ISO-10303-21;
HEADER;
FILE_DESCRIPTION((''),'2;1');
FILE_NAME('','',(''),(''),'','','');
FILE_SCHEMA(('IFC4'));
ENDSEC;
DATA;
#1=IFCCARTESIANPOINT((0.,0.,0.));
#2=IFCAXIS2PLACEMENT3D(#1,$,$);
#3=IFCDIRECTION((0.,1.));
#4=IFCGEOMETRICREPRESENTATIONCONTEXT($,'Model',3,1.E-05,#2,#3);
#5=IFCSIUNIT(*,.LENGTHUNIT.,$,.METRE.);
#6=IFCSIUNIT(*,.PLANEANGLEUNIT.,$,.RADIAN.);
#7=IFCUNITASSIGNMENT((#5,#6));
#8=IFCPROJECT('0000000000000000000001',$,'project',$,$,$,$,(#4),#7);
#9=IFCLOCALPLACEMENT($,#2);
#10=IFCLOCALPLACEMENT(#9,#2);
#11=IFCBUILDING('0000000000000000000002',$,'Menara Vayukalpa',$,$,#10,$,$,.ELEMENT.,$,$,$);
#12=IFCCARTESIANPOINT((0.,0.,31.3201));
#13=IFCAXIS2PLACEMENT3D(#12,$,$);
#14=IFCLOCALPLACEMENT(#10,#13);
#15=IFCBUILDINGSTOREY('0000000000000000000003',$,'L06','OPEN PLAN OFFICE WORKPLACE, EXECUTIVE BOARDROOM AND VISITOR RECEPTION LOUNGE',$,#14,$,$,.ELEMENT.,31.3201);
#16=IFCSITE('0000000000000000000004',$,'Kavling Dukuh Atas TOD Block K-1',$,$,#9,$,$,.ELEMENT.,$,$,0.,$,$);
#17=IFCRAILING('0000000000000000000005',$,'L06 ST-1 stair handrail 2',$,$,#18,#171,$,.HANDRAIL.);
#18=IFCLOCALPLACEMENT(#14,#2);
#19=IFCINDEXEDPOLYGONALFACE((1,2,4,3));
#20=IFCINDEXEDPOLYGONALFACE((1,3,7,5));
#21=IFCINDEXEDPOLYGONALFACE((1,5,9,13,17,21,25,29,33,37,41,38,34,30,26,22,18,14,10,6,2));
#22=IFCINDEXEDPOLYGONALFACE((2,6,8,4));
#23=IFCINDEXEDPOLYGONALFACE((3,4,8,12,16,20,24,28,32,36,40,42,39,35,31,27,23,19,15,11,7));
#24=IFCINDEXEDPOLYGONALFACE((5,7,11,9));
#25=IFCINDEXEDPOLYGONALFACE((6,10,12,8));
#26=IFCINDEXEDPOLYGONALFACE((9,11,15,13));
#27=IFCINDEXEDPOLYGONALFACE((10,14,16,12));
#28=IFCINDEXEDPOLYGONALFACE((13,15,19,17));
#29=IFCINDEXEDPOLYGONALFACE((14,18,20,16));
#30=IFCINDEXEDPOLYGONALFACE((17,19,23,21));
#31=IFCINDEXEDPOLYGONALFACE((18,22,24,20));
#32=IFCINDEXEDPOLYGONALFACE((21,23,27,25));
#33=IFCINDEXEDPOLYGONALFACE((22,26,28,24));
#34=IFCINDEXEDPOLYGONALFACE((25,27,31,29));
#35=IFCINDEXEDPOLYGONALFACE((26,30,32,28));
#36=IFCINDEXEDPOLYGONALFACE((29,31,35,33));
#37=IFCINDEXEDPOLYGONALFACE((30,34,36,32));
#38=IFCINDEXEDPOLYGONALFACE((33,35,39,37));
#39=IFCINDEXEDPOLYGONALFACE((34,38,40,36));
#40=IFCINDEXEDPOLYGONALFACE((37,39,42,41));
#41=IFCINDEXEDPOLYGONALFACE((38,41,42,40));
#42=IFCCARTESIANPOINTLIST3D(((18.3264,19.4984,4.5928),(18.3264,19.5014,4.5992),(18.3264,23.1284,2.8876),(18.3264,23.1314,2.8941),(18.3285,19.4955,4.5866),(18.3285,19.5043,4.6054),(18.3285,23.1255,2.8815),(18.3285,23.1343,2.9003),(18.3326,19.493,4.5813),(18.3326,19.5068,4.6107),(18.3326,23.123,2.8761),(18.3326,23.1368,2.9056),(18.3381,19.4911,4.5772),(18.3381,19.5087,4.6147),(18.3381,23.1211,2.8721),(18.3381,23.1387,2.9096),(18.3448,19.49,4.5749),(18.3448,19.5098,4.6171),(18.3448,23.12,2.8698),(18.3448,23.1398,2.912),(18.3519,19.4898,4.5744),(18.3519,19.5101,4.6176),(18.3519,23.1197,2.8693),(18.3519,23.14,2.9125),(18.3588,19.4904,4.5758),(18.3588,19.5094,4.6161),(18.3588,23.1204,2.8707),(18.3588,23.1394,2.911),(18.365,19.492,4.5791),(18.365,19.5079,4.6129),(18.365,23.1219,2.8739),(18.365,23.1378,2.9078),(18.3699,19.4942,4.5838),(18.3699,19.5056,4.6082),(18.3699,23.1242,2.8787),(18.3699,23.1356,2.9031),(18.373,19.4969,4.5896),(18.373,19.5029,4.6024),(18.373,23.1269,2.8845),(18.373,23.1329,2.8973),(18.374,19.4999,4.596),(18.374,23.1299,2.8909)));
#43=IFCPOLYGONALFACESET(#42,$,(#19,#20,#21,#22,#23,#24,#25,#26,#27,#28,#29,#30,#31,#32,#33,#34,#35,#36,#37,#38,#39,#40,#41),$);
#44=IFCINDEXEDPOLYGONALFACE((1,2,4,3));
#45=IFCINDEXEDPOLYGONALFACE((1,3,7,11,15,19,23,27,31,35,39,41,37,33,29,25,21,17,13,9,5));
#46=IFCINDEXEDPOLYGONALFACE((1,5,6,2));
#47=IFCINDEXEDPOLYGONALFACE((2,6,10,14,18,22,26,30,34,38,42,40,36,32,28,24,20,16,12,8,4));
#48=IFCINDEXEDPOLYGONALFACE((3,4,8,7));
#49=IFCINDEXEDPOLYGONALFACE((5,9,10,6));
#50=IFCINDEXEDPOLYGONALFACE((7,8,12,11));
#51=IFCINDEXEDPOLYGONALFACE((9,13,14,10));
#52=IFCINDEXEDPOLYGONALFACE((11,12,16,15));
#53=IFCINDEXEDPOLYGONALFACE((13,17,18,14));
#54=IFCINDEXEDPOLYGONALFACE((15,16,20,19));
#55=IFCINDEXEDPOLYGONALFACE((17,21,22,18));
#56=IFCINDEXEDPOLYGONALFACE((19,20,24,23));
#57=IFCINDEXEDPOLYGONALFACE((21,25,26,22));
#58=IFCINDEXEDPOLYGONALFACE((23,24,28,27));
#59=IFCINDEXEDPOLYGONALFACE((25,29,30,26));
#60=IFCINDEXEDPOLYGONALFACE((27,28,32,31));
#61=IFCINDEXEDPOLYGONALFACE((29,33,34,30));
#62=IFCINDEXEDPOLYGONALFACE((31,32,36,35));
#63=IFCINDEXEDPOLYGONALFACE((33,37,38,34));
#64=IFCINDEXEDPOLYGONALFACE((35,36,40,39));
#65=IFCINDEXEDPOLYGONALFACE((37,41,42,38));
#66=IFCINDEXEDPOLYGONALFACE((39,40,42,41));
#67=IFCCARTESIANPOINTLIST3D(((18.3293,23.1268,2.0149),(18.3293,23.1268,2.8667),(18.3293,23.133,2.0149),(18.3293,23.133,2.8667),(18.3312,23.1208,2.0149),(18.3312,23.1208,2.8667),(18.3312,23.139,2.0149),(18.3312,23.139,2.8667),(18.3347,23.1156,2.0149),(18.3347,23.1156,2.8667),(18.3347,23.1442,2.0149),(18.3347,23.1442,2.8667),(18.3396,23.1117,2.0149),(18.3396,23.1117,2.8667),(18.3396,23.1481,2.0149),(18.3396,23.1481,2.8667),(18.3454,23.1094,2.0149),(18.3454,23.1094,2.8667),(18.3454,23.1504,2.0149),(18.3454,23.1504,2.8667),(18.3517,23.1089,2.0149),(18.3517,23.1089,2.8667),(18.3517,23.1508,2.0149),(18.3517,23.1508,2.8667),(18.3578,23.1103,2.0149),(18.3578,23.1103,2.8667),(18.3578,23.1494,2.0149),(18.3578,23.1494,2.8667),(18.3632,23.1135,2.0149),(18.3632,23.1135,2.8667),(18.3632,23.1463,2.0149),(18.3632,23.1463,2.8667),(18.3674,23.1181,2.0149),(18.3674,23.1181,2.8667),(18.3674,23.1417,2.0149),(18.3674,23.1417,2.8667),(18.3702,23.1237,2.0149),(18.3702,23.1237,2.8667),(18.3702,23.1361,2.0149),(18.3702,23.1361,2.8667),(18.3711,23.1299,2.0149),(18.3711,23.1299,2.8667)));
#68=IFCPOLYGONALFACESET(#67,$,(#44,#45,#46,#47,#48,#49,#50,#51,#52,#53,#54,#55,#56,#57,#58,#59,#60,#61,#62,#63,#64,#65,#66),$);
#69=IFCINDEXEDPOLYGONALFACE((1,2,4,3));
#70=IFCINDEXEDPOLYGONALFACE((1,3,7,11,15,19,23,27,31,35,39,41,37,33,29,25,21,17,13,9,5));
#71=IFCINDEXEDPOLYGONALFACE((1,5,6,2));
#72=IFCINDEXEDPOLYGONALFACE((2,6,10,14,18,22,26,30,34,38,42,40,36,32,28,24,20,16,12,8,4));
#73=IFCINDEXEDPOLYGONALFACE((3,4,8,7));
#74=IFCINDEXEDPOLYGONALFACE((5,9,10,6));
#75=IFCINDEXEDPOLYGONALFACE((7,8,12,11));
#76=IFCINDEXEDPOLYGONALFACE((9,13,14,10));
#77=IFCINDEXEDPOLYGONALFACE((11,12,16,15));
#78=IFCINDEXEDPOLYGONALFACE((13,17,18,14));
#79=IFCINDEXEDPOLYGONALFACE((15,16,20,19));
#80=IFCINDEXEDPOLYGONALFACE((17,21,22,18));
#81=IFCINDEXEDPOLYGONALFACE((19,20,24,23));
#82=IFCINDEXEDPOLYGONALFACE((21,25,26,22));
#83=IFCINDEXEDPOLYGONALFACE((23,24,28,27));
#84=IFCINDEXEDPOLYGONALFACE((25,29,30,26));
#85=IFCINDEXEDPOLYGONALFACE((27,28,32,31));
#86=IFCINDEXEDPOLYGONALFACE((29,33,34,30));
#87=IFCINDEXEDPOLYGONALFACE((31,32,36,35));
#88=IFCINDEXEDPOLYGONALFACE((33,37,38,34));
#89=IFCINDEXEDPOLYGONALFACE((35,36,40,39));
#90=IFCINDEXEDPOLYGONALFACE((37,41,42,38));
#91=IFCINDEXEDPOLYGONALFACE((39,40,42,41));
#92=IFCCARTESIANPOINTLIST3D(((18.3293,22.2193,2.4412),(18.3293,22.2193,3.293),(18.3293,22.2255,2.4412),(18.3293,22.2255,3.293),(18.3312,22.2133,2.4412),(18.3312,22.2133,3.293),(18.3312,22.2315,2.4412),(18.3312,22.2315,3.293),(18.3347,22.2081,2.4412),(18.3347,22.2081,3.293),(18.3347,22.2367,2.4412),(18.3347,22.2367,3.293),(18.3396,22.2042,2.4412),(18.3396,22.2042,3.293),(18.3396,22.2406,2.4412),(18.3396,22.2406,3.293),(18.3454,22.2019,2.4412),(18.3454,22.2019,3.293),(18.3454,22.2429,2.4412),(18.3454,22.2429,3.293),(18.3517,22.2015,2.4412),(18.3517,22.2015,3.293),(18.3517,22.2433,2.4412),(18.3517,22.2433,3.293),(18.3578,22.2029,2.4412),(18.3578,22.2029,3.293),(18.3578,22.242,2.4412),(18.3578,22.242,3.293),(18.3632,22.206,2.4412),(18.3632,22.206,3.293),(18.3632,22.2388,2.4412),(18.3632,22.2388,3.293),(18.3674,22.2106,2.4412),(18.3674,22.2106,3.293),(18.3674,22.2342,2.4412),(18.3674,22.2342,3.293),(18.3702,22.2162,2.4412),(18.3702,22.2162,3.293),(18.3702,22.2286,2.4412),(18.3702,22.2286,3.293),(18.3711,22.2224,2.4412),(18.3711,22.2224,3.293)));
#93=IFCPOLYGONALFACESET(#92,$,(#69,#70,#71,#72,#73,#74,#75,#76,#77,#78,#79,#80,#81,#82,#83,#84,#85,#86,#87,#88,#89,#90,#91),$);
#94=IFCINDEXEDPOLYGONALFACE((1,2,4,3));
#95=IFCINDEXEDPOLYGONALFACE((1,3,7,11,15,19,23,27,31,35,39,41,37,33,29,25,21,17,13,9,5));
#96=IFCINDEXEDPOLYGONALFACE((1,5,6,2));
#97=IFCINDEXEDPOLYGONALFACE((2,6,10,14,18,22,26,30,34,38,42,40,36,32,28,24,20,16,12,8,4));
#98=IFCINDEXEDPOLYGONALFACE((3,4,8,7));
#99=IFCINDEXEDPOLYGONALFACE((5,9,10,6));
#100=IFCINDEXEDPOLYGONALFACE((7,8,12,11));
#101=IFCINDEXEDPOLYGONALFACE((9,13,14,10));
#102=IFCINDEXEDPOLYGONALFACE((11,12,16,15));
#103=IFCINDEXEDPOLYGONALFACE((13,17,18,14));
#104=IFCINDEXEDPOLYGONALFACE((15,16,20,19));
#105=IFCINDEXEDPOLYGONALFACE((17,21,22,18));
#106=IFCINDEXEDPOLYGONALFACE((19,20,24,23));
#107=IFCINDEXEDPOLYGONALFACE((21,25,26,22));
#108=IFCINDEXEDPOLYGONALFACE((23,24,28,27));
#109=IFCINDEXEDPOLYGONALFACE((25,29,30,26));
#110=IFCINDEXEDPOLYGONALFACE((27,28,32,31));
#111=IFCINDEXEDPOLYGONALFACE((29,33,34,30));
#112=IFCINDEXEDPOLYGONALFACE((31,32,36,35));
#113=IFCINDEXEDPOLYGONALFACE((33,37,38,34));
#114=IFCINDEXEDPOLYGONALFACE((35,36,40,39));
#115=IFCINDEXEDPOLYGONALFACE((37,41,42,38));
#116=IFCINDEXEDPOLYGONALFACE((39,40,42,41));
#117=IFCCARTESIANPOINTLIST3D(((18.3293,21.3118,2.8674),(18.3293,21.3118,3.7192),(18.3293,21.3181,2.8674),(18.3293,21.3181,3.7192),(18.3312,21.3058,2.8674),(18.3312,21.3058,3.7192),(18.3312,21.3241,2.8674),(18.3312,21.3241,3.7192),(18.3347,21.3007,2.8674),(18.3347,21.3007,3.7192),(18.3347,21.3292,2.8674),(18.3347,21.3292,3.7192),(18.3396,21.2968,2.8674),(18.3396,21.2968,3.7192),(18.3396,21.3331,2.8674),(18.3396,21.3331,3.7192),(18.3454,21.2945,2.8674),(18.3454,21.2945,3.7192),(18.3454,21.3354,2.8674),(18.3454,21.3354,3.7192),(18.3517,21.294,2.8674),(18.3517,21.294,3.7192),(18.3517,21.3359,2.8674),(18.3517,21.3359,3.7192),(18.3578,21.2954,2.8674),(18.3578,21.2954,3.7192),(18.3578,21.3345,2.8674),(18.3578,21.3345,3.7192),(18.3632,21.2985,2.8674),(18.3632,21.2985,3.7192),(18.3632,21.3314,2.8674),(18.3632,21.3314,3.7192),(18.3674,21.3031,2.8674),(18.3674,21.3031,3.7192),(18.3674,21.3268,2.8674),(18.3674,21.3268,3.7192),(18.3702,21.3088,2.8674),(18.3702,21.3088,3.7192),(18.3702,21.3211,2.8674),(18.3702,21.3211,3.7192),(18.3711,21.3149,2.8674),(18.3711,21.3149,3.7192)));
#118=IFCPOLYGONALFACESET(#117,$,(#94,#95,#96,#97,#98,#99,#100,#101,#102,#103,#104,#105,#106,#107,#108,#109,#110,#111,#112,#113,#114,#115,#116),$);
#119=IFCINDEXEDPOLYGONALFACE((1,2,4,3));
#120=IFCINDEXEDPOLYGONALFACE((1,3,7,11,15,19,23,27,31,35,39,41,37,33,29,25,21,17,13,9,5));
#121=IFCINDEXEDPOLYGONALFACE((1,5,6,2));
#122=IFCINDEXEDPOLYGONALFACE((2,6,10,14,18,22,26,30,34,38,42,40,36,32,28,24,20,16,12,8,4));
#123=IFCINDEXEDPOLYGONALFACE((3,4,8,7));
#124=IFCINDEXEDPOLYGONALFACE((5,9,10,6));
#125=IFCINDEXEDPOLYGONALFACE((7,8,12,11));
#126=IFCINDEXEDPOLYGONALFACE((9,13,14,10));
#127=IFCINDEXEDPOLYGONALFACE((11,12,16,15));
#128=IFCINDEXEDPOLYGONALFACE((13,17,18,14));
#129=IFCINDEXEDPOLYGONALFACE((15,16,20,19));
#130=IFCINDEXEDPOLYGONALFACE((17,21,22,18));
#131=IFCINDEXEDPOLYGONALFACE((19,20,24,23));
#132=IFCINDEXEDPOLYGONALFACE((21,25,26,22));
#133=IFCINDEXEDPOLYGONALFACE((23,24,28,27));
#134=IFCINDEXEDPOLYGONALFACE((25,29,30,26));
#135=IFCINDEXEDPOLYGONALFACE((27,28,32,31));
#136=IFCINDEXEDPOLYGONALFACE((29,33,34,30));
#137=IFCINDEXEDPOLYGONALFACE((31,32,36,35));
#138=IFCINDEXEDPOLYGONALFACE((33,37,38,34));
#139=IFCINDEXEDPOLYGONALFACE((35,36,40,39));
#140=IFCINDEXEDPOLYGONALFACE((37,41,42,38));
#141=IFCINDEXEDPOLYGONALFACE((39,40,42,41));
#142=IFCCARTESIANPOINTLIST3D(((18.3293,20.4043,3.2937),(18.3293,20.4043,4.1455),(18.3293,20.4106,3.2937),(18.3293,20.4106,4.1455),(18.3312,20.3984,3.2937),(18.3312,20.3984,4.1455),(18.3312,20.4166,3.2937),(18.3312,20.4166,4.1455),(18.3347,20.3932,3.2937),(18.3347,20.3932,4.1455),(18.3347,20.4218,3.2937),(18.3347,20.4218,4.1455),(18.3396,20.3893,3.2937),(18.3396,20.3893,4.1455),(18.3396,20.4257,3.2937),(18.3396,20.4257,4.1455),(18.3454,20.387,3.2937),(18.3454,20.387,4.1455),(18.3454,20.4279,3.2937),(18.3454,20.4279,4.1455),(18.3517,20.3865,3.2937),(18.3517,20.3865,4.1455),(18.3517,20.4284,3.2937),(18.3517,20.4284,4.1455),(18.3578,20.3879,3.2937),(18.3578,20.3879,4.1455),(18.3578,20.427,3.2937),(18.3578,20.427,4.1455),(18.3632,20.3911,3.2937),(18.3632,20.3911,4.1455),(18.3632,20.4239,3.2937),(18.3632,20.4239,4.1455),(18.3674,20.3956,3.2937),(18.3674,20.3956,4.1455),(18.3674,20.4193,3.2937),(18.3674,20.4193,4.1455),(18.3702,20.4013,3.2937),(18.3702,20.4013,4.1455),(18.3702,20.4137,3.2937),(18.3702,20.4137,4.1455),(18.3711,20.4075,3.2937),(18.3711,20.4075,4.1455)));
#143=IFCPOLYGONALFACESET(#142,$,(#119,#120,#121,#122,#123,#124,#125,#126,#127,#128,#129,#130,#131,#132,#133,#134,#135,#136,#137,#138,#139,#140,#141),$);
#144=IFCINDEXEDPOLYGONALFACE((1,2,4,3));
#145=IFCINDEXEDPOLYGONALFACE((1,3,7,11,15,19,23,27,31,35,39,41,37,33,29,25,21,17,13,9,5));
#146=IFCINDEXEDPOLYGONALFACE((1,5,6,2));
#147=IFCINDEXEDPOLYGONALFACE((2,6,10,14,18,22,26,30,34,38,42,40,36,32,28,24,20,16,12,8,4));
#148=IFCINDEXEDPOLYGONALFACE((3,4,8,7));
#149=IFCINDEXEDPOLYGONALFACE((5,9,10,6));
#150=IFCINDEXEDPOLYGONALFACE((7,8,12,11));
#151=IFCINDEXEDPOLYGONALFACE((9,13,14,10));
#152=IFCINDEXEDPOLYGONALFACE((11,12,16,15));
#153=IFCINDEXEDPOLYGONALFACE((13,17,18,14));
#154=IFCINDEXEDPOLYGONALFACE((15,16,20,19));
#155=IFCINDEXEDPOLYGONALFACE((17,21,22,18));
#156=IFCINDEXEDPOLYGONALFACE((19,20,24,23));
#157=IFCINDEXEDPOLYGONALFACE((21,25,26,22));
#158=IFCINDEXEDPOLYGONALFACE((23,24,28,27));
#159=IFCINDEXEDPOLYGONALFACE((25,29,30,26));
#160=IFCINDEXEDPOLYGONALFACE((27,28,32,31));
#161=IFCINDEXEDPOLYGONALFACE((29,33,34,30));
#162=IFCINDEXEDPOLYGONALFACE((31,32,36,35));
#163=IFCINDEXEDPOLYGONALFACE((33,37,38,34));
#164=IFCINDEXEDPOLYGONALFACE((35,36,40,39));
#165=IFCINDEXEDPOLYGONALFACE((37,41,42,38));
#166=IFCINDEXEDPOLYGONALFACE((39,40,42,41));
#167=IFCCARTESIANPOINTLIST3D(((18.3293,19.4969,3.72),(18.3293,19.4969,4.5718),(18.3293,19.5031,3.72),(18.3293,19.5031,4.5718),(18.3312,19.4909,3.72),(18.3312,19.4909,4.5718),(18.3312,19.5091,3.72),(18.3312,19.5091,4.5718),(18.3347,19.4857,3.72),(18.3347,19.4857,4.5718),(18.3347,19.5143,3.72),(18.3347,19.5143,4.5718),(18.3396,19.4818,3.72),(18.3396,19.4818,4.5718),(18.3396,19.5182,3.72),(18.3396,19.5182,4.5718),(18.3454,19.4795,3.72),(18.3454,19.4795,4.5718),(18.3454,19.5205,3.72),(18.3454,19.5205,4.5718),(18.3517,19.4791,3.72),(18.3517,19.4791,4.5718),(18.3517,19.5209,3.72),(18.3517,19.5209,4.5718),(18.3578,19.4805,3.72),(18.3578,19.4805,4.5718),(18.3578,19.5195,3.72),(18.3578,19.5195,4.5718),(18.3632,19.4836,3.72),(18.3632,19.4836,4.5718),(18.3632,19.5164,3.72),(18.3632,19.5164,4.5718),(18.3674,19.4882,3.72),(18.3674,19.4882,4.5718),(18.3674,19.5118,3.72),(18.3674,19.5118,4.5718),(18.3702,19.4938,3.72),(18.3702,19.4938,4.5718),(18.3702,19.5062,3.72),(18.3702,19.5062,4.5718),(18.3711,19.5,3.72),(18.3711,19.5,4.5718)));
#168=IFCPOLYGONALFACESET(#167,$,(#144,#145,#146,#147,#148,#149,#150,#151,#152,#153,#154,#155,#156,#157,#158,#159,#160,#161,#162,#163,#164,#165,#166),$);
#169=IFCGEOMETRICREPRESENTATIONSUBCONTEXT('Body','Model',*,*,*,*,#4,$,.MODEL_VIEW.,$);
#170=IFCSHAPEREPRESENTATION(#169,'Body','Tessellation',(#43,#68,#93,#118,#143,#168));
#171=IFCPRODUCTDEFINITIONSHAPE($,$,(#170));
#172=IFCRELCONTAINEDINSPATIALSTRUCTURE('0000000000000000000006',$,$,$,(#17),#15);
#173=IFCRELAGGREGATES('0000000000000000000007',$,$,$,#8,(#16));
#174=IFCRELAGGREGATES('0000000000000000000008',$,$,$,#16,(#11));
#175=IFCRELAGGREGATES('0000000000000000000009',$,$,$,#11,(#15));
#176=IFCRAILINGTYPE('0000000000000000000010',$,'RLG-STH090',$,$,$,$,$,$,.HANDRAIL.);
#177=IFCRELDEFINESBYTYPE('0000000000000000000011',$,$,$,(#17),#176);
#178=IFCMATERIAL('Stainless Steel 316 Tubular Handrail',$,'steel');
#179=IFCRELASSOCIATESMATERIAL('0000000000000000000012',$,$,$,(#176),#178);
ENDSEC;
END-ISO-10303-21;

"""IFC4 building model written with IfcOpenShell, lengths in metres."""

from ifc_helpers import new_model, si_unit, direction, frame, origin, origin_2d, place, context, subcontext, project, spatial, circle, extrude, material, type_object, element, save


model = new_model("IFC4")

# Units and contexts
model_context = context("Model", 3, precision=1e-05, world=origin(), true_north=direction((0.0, 1.0)))
body_context = subcontext(model_context, "Body", "Model", "MODEL_VIEW")
ifc_project = project(units=[si_unit("LENGTHUNIT", "METRE"), si_unit("PLANEANGLEUNIT", "RADIAN")], contexts=[model_context])

# Site, building, storey
site_placement = place(None, origin())
site = spatial("IfcSite", under=ifc_project, at=site_placement, Name="Kavling Dukuh Atas TOD Block K-1", CompositionType="ELEMENT", RefElevation=0.0)
building_placement = place(site_placement, origin())
building = spatial("IfcBuilding", under=site, at=building_placement, Name="Menara Vayukalpa", CompositionType="ELEMENT")
storey_placement = place(building_placement, frame((0.0, 0.0, 31.3201)))
storey = spatial("IfcBuildingStorey", under=building, at=storey_placement, Name="L06", Description="OPEN PLAN OFFICE WORKPLACE, EXECUTIVE BOARDROOM AND VISITOR RECEPTION LOUNGE", CompositionType="ELEMENT", Elevation=31.3201)

# Railing
ifc_material_1 = material(Name="Stainless Steel 316 Tubular Handrail", Category="steel")
railing_type_1 = type_object("IfcRailingType", Name="RLG-STH090", PredefinedType="HANDRAIL", material=ifc_material_1)
railing_1_placement = place(storey_placement, frame((18.3501, 23.1299, 2.0149)))
element("IfcRailing", 1, at=railing_1_placement, inside=storey, type_object=railing_type_1, Name="L06 ST-1 stair handrail 2", PredefinedType="HANDRAIL", context=body_context, shape_type="SweptSolid", body=[
    extrude(circle(Radius=0.0239, at=origin_2d()), frame((0.0, 0.0, 0.876), z_axis=(0.0, -0.905116, 0.425164), x_axis=(1.0, 0.0, 0.0)), (0.0, 0.0, 1.0), 4.0105),
    extrude(circle(Radius=0.021, at=origin_2d()), origin(), (0.0, 0.0, 1.0), 0.8518),
    extrude(circle(Radius=0.021, at=origin_2d()), frame((0.0, -0.9075, 0.4263)), (0.0, 0.0, 1.0), 0.8518),
    extrude(circle(Radius=0.021, at=origin_2d()), frame((0.0, -1.8149, 0.8525)), (0.0, 0.0, 1.0), 0.8518),
    extrude(circle(Radius=0.021, at=origin_2d()), frame((0.0, -2.7224, 1.2788)), (0.0, 0.0, 1.0), 0.8518),
    extrude(circle(Radius=0.021, at=origin_2d()), frame((0.0, -3.6299, 1.7051)), (0.0, 0.0, 1.0), 0.8518),
])

save(model, "model.ifc")
